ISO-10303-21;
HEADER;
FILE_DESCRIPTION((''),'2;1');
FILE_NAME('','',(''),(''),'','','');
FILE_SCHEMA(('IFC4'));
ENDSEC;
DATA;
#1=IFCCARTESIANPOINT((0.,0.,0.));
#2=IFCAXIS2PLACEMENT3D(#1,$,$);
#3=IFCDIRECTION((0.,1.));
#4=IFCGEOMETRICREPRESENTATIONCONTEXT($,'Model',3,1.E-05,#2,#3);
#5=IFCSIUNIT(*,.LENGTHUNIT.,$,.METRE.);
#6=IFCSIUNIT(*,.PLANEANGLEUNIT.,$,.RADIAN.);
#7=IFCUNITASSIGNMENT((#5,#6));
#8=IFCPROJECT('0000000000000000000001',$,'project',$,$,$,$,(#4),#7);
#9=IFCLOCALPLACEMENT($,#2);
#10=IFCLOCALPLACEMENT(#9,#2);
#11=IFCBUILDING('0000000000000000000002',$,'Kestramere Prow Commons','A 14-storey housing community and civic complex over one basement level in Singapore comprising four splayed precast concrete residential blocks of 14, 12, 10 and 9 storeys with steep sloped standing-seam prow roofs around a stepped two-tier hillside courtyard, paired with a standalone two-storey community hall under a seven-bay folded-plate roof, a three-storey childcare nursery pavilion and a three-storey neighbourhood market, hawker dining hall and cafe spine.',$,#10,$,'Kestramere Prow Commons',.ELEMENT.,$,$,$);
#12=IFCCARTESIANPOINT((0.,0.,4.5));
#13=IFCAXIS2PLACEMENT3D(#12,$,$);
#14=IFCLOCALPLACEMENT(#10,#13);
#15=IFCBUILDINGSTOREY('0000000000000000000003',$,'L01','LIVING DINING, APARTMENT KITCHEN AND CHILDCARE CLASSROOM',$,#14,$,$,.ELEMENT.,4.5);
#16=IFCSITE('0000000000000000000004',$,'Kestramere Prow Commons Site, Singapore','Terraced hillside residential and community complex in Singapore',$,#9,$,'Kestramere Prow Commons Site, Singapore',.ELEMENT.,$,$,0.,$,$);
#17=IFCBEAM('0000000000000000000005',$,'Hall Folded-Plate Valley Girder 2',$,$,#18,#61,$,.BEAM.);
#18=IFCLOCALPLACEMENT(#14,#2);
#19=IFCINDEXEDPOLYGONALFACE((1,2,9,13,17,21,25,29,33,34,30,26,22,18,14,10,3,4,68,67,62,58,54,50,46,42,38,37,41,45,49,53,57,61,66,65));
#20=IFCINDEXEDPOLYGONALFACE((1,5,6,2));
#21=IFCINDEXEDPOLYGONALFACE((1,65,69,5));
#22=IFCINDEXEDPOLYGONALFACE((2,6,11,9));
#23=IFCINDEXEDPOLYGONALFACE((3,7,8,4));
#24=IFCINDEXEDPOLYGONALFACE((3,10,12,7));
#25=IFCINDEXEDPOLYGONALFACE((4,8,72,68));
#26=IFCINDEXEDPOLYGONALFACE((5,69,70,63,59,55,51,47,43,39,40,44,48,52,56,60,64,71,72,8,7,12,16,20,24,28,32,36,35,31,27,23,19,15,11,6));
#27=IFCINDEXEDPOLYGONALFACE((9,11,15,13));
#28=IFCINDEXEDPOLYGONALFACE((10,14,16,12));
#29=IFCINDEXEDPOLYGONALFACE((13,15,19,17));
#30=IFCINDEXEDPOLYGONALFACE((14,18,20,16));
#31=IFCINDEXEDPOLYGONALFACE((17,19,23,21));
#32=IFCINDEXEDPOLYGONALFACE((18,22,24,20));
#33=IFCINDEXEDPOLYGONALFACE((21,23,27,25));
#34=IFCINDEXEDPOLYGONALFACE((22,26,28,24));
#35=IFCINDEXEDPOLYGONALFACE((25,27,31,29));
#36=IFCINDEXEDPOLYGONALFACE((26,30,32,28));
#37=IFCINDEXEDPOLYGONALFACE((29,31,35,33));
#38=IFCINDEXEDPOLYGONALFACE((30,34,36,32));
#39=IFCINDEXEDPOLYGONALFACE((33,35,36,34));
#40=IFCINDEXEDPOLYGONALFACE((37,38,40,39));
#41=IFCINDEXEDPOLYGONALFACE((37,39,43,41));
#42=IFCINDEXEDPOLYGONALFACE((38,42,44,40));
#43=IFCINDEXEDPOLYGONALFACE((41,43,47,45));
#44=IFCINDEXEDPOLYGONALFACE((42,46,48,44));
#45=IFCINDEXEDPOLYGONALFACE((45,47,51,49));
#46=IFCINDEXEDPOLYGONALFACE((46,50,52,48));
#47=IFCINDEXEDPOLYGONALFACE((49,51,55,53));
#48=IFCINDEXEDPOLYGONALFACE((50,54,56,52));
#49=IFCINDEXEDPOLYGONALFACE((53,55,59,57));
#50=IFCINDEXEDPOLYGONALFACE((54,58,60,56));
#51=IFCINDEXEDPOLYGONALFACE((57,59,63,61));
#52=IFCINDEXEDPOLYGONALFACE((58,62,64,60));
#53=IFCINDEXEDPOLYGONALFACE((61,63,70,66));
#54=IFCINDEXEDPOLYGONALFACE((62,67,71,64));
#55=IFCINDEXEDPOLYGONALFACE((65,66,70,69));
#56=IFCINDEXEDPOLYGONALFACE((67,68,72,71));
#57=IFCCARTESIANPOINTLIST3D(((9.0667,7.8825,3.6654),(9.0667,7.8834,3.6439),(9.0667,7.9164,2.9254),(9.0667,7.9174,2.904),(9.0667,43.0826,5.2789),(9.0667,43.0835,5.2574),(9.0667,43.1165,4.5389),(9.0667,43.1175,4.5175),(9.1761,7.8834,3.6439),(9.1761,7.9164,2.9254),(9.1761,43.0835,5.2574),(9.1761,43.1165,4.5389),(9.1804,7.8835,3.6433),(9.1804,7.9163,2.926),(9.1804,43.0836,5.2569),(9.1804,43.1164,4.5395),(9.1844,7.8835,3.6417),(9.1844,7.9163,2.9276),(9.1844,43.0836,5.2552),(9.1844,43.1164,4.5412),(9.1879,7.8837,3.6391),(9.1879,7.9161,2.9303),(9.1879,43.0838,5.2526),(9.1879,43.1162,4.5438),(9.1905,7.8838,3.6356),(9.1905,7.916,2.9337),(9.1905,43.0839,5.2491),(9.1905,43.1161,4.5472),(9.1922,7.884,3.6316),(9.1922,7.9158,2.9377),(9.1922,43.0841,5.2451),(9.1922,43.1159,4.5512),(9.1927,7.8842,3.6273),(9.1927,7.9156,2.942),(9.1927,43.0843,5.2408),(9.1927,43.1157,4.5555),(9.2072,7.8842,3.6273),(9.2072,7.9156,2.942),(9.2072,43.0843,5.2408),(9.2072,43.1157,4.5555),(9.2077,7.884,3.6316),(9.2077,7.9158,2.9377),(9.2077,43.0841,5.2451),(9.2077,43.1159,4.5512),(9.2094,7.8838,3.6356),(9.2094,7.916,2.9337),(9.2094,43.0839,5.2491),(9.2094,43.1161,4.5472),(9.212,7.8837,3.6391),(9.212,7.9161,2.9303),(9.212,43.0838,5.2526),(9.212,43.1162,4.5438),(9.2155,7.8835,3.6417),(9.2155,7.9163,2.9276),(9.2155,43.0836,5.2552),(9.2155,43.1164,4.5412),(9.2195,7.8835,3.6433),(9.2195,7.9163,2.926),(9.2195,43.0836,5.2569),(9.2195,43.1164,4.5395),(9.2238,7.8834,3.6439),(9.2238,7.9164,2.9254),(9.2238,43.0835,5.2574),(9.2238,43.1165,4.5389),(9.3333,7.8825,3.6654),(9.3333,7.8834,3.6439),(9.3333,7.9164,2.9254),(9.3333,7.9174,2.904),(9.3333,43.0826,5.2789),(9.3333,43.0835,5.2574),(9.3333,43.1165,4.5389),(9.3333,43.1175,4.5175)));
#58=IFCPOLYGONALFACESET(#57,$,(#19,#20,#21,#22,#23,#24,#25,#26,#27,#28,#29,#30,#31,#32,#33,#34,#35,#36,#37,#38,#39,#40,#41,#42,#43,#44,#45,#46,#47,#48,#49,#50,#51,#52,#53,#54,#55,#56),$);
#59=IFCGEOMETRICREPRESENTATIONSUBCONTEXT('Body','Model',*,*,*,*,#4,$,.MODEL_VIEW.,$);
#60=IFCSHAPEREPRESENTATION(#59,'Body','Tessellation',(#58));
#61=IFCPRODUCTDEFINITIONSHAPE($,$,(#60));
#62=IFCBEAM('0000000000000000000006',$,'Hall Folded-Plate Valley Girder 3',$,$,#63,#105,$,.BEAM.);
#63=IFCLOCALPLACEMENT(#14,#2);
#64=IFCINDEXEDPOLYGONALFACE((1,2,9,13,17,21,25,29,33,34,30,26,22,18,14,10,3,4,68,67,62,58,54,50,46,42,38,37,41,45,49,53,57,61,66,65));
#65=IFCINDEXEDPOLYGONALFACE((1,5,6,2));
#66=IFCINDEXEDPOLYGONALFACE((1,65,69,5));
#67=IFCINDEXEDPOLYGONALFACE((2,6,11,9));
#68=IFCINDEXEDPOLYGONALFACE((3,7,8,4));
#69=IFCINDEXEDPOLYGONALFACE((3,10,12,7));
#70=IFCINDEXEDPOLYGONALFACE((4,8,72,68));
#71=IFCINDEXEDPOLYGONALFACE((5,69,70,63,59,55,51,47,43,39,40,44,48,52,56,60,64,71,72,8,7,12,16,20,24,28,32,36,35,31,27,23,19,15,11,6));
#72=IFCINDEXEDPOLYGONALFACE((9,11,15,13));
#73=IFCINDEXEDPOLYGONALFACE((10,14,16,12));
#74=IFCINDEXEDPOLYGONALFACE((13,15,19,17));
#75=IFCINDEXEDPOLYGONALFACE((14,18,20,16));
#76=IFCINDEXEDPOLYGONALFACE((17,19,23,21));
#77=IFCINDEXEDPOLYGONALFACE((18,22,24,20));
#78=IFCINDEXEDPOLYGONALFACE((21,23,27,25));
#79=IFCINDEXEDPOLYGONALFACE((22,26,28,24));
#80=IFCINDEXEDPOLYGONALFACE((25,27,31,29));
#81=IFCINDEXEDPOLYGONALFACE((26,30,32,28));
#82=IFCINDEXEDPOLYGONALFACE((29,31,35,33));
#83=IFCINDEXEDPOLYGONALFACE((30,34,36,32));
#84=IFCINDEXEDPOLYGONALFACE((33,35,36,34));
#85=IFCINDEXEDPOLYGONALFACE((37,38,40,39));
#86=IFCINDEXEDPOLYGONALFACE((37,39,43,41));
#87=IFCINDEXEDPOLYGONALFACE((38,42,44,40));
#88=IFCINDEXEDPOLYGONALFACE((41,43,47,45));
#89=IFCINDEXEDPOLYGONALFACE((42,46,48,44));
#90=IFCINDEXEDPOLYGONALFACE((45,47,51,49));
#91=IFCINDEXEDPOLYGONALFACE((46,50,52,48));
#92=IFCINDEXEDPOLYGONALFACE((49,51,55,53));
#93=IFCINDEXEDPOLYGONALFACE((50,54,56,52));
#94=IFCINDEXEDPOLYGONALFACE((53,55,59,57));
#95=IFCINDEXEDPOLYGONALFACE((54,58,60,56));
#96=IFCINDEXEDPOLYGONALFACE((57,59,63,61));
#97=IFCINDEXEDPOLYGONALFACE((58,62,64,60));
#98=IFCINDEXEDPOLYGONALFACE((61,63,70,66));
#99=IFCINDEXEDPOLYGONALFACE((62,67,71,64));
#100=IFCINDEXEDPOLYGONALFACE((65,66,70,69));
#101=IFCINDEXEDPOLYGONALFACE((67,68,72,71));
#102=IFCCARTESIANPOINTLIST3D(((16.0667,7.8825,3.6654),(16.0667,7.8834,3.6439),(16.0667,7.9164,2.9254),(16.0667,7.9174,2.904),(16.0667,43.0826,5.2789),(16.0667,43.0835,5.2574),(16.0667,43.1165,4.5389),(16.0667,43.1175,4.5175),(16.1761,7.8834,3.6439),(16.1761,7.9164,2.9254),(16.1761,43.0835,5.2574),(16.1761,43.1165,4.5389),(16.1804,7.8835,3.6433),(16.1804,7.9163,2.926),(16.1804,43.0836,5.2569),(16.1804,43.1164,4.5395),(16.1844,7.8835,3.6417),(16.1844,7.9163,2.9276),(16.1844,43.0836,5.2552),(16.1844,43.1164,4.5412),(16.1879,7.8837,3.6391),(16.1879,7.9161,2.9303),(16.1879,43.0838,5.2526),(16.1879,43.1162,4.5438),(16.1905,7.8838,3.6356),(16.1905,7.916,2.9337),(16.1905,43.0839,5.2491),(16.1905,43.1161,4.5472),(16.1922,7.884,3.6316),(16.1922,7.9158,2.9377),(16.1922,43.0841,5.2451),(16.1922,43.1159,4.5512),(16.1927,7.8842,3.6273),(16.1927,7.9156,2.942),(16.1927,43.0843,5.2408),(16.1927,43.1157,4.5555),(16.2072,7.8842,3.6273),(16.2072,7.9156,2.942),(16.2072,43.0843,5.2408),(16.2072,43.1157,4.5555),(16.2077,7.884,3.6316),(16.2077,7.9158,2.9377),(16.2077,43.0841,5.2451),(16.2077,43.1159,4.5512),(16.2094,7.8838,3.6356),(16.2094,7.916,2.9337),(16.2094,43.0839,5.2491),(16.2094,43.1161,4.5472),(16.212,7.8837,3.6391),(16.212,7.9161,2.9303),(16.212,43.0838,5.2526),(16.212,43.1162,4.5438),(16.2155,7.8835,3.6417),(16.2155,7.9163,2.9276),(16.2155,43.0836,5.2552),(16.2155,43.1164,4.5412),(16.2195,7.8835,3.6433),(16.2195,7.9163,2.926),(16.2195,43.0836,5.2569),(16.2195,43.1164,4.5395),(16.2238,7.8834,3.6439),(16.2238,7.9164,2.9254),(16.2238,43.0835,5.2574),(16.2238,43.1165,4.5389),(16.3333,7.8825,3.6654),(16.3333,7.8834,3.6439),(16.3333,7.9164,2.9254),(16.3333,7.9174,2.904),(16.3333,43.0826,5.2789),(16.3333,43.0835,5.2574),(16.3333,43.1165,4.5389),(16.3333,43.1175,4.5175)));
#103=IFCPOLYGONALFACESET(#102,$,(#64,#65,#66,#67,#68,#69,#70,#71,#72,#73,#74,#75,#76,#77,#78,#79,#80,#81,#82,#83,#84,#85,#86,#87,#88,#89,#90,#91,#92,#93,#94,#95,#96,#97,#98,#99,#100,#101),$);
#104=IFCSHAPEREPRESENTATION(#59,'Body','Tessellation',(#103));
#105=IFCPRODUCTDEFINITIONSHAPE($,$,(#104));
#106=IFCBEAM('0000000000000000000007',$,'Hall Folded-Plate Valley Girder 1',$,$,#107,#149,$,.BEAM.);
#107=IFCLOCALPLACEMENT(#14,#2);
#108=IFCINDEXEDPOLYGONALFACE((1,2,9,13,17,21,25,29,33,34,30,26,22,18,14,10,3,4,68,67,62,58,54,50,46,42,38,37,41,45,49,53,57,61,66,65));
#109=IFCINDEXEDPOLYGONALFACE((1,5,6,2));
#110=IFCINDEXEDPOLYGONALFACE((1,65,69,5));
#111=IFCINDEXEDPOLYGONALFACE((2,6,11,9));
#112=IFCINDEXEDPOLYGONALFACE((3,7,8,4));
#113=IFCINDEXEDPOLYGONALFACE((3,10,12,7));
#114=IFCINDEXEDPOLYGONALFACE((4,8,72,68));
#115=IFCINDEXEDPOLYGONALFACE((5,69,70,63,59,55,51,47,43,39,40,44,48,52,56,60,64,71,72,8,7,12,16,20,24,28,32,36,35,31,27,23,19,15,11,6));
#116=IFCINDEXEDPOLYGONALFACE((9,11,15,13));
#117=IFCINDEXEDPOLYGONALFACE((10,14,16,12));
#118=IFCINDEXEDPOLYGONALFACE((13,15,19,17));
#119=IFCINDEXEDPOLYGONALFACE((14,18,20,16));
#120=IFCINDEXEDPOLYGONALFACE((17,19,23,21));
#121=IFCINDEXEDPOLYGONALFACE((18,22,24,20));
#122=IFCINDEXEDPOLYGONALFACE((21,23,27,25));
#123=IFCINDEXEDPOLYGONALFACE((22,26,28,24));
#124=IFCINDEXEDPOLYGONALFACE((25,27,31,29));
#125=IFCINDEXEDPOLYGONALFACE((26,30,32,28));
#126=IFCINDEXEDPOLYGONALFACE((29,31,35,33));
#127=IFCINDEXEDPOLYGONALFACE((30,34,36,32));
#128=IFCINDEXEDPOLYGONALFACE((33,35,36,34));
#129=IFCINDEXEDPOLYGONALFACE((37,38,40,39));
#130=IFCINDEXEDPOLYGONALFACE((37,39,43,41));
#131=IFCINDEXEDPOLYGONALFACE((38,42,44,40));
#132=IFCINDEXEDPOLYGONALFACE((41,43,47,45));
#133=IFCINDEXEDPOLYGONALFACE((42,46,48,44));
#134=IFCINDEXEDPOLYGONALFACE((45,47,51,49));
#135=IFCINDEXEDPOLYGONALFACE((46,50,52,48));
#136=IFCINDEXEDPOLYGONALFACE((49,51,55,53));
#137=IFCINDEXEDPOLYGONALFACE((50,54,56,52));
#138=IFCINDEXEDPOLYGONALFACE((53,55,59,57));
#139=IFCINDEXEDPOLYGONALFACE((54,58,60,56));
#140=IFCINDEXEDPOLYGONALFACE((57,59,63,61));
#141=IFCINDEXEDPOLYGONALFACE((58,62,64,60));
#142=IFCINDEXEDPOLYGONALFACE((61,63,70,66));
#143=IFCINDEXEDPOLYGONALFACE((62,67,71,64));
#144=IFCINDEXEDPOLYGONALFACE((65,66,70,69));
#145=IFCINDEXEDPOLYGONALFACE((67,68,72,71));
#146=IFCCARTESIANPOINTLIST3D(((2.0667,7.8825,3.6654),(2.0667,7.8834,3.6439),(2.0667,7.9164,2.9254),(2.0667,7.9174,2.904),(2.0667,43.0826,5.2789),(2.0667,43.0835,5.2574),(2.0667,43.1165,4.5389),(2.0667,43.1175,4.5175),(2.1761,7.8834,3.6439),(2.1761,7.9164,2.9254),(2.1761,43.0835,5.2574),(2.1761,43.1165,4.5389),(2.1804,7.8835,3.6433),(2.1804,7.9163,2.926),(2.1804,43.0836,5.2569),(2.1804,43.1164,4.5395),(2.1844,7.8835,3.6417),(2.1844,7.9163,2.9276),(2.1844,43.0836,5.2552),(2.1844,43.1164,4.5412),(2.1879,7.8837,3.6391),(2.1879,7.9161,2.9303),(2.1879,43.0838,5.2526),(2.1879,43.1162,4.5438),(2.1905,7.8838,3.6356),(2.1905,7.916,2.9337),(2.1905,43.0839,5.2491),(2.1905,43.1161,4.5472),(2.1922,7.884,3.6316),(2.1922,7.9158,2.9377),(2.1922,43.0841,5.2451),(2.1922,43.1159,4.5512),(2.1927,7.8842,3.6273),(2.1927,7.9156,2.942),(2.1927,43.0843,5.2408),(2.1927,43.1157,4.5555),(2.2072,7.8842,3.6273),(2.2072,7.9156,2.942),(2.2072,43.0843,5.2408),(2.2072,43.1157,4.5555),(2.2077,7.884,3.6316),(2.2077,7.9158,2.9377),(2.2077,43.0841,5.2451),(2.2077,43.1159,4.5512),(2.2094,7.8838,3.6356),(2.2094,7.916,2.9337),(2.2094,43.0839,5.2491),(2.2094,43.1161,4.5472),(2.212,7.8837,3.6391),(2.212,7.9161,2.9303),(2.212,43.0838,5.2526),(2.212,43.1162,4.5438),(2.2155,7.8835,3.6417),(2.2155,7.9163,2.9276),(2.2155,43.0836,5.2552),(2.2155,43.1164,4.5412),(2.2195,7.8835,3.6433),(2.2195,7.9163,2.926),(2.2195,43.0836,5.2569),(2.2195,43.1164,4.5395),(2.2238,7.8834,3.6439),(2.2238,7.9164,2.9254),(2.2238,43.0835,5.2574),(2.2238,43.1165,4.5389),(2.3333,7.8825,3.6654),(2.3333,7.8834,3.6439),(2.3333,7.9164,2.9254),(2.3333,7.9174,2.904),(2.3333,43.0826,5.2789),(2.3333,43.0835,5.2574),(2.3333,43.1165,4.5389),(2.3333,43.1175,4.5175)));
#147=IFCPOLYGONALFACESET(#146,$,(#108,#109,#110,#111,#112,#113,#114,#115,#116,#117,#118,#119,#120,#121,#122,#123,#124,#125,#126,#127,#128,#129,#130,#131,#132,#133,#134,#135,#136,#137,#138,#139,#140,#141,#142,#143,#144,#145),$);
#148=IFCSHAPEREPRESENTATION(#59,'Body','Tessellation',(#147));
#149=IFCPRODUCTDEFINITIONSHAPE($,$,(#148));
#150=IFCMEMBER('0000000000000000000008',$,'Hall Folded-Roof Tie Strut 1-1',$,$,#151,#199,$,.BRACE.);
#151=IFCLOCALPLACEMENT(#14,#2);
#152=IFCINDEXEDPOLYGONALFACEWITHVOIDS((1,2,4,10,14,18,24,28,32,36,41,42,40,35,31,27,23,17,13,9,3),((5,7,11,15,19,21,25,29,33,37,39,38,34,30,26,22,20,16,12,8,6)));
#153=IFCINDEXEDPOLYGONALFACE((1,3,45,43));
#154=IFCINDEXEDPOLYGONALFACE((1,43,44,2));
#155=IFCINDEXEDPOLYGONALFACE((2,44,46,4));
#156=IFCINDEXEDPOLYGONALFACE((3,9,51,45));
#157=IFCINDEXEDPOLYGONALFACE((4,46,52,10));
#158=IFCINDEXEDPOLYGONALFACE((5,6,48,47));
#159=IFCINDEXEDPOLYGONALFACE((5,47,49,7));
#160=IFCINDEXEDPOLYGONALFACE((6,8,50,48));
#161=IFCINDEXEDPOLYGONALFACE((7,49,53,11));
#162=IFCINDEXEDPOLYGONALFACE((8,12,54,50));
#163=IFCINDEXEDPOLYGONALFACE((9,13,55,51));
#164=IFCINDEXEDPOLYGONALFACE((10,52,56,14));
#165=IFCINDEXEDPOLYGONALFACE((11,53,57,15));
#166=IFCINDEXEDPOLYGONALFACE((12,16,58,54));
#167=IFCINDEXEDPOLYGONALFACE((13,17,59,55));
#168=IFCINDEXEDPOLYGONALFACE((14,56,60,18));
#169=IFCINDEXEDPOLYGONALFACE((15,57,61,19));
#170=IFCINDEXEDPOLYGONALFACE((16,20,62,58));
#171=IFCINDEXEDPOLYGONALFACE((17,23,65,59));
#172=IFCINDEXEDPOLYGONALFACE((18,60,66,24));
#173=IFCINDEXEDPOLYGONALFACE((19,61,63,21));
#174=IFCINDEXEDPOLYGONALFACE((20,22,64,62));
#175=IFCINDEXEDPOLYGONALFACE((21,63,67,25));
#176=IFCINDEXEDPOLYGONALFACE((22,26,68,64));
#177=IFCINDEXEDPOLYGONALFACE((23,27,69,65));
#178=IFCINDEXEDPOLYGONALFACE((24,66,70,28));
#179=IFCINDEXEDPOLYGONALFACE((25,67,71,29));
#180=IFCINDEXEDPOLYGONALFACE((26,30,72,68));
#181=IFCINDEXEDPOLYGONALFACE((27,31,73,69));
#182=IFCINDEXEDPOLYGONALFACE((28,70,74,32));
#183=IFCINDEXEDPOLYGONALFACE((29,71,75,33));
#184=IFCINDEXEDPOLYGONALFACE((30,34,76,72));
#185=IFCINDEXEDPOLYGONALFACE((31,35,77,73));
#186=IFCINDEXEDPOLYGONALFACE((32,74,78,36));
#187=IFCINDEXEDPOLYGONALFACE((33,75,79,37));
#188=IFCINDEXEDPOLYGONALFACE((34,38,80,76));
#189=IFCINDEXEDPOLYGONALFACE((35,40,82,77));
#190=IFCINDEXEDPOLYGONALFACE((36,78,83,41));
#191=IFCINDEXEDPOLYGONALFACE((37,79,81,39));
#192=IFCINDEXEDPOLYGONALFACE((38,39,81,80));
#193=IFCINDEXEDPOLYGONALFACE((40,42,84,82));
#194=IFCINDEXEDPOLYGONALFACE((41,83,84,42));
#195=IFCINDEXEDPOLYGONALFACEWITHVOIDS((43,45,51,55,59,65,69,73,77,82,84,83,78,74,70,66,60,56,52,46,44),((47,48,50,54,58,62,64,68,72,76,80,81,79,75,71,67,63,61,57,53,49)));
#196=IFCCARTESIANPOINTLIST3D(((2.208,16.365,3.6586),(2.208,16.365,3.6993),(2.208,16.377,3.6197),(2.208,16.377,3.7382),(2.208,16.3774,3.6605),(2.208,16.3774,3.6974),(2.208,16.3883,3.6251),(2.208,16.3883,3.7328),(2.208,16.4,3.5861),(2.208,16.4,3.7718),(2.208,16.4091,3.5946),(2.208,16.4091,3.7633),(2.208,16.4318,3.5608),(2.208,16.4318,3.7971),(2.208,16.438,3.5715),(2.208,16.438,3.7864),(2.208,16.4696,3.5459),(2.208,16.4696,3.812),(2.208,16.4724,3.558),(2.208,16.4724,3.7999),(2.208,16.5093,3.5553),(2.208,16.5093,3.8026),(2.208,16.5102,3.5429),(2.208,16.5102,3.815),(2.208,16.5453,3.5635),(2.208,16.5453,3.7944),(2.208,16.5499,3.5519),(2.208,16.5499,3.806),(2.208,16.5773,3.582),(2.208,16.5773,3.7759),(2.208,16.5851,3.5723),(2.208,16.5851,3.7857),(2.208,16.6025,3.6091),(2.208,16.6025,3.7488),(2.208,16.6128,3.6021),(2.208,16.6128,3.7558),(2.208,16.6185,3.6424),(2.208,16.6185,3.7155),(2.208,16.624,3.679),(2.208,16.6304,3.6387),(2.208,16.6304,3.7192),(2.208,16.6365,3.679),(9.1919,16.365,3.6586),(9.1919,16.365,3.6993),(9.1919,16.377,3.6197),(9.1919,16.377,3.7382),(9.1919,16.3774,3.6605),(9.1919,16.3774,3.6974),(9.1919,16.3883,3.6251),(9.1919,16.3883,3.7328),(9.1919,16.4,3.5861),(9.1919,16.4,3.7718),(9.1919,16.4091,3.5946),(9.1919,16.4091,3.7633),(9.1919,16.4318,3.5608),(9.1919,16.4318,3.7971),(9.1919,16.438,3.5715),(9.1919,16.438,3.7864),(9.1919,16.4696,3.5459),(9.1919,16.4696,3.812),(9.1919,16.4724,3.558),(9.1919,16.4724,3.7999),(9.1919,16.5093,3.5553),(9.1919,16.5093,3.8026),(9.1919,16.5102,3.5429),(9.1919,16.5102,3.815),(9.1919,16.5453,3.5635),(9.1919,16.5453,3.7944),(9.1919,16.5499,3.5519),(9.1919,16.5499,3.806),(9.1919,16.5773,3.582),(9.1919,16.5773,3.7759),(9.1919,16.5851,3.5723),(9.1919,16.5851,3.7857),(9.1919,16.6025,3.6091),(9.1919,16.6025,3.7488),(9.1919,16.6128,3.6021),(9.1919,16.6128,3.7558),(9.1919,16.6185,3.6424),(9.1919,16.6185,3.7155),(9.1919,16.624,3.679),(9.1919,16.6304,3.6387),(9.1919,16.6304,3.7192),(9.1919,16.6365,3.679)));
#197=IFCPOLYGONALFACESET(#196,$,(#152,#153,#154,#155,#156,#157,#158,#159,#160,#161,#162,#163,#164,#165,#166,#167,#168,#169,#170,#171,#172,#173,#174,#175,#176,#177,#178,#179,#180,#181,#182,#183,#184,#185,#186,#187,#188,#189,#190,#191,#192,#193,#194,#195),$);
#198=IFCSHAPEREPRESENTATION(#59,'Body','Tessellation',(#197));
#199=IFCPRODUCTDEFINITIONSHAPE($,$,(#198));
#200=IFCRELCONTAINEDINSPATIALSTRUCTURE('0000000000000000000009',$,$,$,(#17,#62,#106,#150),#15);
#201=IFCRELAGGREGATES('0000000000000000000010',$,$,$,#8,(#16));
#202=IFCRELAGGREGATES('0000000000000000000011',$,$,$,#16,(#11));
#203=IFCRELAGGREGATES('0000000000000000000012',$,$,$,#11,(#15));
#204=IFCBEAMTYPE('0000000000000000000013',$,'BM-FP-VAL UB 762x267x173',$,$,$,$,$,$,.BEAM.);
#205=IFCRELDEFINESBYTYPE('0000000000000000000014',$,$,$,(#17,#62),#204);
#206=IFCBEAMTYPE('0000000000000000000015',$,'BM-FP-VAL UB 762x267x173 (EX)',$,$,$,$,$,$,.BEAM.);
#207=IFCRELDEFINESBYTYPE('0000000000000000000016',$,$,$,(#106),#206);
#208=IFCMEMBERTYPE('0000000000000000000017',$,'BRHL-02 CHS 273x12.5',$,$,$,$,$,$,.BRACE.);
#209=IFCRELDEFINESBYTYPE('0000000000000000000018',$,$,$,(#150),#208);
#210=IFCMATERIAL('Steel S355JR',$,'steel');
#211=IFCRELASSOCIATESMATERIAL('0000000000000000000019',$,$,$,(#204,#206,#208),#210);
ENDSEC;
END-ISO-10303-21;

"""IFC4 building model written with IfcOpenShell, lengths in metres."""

from ifc_helpers import new_model, si_unit, direction, frame, origin, origin_2d, place, context, subcontext, project, spatial, hollow_circle, i_section, extrude, material, material_profile, profile_set, type_object, element, save


model = new_model("IFC4")

# Units and contexts
model_context = context("Model", 3, precision=1e-05, world=origin(), true_north=direction((0.0, 1.0)))
body_context = subcontext(model_context, "Body", "Model", "MODEL_VIEW")
ifc_project = project(units=[si_unit("LENGTHUNIT", "METRE"), si_unit("PLANEANGLEUNIT", "RADIAN")], contexts=[model_context])

# Site, building, storey
site_placement = place(None, origin())
site = spatial("IfcSite", under=ifc_project, at=site_placement, Name="Kestramere Prow Commons Site, Singapore", Description="Terraced hillside residential and community complex in Singapore", LongName="Kestramere Prow Commons Site, Singapore", CompositionType="ELEMENT", RefElevation=0.0)
building_placement = place(site_placement, origin())
building = spatial("IfcBuilding", under=site, at=building_placement, Name="Kestramere Prow Commons", Description="A 14-storey housing community and civic complex over one basement level in Singapore comprising four splayed precast concrete residential blocks of 14, 12, 10 and 9 storeys with steep sloped standing-seam prow roofs around a stepped two-tier hillside courtyard, paired with a standalone two-storey community hall under a seven-bay folded-plate roof, a three-storey childcare nursery pavilion and a three-storey neighbourhood market, hawker dining hall and cafe spine.", LongName="Kestramere Prow Commons", CompositionType="ELEMENT")
storey_placement = place(building_placement, frame((0.0, 0.0, 4.5)))
storey = spatial("IfcBuildingStorey", under=building, at=storey_placement, Name="L01", Description="LIVING DINING, APARTMENT KITCHEN AND CHILDCARE CLASSROOM", CompositionType="ELEMENT", Elevation=4.5)

# Beams
ifc_material_1 = material(Name="Steel S355JR", Category="steel")
ifc_material_profile_1 = material_profile(ifc_material_1, i_section(OverallWidth=0.2666, OverallDepth=0.7622, WebThickness=0.0144, FlangeThickness=0.0215, FilletRadius=0.0166, at=origin_2d()), Name="UB 762x267x173")
ifc_profile_set_1 = profile_set([ifc_material_profile_1], Name="Steel S355JR")
beam_type_1 = type_object("IfcBeamType", Name="BM-FP-VAL UB 762x267x173", PredefinedType="BEAM", material=ifc_profile_set_1)
for number, where, z_axis, x_axis, name in (
    (1, (9.2, 7.8999, 3.2847), (0.0, 0.998951, 0.04579), (-1.0, 0.0, 0.0), "Hall Folded-Plate Valley Girder 2"),
    (2, (16.2, 7.8999, 3.2847), (0.0, 0.998951, 0.04579), (-1.0, 0.0, 0.0), "Hall Folded-Plate Valley Girder 3"),
):
    element("IfcBeam", number, at=place(storey_placement, frame(where, z_axis=z_axis, x_axis=x_axis)), inside=storey, type_object=beam_type_1, Name=name, PredefinedType="BEAM", context=body_context, shape_type="SweptSolid", body=[
        extrude(i_section(OverallWidth=0.2666, OverallDepth=0.7622, WebThickness=0.0144, FlangeThickness=0.0215, FilletRadius=0.0166, at=origin_2d()), origin(), (0.0, 0.0, 1.0), 35.2371),
    ])
ifc_material_profile_2 = material_profile(ifc_material_1, i_section(OverallWidth=0.2666, OverallDepth=0.7622, WebThickness=0.0144, FlangeThickness=0.0215, FilletRadius=0.0166, at=origin_2d()), Name="UB 762x267x173")
ifc_profile_set_2 = profile_set([ifc_material_profile_2], Name="Steel S355JR")
beam_type_2 = type_object("IfcBeamType", Name="BM-FP-VAL UB 762x267x173 (EX)", PredefinedType="BEAM", material=ifc_profile_set_2)
beam_placement = place(storey_placement, frame((2.2, 7.8999, 3.2847), z_axis=(0.0, 0.998951, 0.04579), x_axis=(-1.0, 0.0, 0.0)))
element("IfcBeam", 3, at=beam_placement, inside=storey, type_object=beam_type_2, Name="Hall Folded-Plate Valley Girder 1", PredefinedType="BEAM", context=body_context, shape_type="SweptSolid", body=[
    extrude(i_section(OverallWidth=0.2666, OverallDepth=0.7622, WebThickness=0.0144, FlangeThickness=0.0215, FilletRadius=0.0166, at=origin_2d()), origin(), (0.0, 0.0, 1.0), 35.2371),
])

# Member
ifc_material_profile_3 = material_profile(ifc_material_1, hollow_circle(Radius=0.1365, WallThickness=0.0125, at=origin_2d()), Name="CHS 273x12.5")
ifc_profile_set_3 = profile_set([ifc_material_profile_3], Name="Steel S355JR")
member_type = type_object("IfcMemberType", Name="BRHL-02 CHS 273x12.5", PredefinedType="BRACE", material=ifc_profile_set_3)
for number, where, z_axis, x_axis, name in (
    (4, (2.208, 16.5, 3.679), (1.0, 0.0, 0.0), (0.0, 1.0, 0.0), "Hall Folded-Roof Tie Strut 1-1"),
):
    element("IfcMember", number, at=place(storey_placement, frame(where, z_axis=z_axis, x_axis=x_axis)), inside=storey, type_object=member_type, Name=name, PredefinedType="BRACE", context=body_context, shape_type="SweptSolid", body=[
        extrude(hollow_circle(Radius=0.1365, WallThickness=0.0125, at=origin_2d()), origin(), (0.0, 0.0, 1.0), 6.9839),
    ])

save(model, "model.ifc")
